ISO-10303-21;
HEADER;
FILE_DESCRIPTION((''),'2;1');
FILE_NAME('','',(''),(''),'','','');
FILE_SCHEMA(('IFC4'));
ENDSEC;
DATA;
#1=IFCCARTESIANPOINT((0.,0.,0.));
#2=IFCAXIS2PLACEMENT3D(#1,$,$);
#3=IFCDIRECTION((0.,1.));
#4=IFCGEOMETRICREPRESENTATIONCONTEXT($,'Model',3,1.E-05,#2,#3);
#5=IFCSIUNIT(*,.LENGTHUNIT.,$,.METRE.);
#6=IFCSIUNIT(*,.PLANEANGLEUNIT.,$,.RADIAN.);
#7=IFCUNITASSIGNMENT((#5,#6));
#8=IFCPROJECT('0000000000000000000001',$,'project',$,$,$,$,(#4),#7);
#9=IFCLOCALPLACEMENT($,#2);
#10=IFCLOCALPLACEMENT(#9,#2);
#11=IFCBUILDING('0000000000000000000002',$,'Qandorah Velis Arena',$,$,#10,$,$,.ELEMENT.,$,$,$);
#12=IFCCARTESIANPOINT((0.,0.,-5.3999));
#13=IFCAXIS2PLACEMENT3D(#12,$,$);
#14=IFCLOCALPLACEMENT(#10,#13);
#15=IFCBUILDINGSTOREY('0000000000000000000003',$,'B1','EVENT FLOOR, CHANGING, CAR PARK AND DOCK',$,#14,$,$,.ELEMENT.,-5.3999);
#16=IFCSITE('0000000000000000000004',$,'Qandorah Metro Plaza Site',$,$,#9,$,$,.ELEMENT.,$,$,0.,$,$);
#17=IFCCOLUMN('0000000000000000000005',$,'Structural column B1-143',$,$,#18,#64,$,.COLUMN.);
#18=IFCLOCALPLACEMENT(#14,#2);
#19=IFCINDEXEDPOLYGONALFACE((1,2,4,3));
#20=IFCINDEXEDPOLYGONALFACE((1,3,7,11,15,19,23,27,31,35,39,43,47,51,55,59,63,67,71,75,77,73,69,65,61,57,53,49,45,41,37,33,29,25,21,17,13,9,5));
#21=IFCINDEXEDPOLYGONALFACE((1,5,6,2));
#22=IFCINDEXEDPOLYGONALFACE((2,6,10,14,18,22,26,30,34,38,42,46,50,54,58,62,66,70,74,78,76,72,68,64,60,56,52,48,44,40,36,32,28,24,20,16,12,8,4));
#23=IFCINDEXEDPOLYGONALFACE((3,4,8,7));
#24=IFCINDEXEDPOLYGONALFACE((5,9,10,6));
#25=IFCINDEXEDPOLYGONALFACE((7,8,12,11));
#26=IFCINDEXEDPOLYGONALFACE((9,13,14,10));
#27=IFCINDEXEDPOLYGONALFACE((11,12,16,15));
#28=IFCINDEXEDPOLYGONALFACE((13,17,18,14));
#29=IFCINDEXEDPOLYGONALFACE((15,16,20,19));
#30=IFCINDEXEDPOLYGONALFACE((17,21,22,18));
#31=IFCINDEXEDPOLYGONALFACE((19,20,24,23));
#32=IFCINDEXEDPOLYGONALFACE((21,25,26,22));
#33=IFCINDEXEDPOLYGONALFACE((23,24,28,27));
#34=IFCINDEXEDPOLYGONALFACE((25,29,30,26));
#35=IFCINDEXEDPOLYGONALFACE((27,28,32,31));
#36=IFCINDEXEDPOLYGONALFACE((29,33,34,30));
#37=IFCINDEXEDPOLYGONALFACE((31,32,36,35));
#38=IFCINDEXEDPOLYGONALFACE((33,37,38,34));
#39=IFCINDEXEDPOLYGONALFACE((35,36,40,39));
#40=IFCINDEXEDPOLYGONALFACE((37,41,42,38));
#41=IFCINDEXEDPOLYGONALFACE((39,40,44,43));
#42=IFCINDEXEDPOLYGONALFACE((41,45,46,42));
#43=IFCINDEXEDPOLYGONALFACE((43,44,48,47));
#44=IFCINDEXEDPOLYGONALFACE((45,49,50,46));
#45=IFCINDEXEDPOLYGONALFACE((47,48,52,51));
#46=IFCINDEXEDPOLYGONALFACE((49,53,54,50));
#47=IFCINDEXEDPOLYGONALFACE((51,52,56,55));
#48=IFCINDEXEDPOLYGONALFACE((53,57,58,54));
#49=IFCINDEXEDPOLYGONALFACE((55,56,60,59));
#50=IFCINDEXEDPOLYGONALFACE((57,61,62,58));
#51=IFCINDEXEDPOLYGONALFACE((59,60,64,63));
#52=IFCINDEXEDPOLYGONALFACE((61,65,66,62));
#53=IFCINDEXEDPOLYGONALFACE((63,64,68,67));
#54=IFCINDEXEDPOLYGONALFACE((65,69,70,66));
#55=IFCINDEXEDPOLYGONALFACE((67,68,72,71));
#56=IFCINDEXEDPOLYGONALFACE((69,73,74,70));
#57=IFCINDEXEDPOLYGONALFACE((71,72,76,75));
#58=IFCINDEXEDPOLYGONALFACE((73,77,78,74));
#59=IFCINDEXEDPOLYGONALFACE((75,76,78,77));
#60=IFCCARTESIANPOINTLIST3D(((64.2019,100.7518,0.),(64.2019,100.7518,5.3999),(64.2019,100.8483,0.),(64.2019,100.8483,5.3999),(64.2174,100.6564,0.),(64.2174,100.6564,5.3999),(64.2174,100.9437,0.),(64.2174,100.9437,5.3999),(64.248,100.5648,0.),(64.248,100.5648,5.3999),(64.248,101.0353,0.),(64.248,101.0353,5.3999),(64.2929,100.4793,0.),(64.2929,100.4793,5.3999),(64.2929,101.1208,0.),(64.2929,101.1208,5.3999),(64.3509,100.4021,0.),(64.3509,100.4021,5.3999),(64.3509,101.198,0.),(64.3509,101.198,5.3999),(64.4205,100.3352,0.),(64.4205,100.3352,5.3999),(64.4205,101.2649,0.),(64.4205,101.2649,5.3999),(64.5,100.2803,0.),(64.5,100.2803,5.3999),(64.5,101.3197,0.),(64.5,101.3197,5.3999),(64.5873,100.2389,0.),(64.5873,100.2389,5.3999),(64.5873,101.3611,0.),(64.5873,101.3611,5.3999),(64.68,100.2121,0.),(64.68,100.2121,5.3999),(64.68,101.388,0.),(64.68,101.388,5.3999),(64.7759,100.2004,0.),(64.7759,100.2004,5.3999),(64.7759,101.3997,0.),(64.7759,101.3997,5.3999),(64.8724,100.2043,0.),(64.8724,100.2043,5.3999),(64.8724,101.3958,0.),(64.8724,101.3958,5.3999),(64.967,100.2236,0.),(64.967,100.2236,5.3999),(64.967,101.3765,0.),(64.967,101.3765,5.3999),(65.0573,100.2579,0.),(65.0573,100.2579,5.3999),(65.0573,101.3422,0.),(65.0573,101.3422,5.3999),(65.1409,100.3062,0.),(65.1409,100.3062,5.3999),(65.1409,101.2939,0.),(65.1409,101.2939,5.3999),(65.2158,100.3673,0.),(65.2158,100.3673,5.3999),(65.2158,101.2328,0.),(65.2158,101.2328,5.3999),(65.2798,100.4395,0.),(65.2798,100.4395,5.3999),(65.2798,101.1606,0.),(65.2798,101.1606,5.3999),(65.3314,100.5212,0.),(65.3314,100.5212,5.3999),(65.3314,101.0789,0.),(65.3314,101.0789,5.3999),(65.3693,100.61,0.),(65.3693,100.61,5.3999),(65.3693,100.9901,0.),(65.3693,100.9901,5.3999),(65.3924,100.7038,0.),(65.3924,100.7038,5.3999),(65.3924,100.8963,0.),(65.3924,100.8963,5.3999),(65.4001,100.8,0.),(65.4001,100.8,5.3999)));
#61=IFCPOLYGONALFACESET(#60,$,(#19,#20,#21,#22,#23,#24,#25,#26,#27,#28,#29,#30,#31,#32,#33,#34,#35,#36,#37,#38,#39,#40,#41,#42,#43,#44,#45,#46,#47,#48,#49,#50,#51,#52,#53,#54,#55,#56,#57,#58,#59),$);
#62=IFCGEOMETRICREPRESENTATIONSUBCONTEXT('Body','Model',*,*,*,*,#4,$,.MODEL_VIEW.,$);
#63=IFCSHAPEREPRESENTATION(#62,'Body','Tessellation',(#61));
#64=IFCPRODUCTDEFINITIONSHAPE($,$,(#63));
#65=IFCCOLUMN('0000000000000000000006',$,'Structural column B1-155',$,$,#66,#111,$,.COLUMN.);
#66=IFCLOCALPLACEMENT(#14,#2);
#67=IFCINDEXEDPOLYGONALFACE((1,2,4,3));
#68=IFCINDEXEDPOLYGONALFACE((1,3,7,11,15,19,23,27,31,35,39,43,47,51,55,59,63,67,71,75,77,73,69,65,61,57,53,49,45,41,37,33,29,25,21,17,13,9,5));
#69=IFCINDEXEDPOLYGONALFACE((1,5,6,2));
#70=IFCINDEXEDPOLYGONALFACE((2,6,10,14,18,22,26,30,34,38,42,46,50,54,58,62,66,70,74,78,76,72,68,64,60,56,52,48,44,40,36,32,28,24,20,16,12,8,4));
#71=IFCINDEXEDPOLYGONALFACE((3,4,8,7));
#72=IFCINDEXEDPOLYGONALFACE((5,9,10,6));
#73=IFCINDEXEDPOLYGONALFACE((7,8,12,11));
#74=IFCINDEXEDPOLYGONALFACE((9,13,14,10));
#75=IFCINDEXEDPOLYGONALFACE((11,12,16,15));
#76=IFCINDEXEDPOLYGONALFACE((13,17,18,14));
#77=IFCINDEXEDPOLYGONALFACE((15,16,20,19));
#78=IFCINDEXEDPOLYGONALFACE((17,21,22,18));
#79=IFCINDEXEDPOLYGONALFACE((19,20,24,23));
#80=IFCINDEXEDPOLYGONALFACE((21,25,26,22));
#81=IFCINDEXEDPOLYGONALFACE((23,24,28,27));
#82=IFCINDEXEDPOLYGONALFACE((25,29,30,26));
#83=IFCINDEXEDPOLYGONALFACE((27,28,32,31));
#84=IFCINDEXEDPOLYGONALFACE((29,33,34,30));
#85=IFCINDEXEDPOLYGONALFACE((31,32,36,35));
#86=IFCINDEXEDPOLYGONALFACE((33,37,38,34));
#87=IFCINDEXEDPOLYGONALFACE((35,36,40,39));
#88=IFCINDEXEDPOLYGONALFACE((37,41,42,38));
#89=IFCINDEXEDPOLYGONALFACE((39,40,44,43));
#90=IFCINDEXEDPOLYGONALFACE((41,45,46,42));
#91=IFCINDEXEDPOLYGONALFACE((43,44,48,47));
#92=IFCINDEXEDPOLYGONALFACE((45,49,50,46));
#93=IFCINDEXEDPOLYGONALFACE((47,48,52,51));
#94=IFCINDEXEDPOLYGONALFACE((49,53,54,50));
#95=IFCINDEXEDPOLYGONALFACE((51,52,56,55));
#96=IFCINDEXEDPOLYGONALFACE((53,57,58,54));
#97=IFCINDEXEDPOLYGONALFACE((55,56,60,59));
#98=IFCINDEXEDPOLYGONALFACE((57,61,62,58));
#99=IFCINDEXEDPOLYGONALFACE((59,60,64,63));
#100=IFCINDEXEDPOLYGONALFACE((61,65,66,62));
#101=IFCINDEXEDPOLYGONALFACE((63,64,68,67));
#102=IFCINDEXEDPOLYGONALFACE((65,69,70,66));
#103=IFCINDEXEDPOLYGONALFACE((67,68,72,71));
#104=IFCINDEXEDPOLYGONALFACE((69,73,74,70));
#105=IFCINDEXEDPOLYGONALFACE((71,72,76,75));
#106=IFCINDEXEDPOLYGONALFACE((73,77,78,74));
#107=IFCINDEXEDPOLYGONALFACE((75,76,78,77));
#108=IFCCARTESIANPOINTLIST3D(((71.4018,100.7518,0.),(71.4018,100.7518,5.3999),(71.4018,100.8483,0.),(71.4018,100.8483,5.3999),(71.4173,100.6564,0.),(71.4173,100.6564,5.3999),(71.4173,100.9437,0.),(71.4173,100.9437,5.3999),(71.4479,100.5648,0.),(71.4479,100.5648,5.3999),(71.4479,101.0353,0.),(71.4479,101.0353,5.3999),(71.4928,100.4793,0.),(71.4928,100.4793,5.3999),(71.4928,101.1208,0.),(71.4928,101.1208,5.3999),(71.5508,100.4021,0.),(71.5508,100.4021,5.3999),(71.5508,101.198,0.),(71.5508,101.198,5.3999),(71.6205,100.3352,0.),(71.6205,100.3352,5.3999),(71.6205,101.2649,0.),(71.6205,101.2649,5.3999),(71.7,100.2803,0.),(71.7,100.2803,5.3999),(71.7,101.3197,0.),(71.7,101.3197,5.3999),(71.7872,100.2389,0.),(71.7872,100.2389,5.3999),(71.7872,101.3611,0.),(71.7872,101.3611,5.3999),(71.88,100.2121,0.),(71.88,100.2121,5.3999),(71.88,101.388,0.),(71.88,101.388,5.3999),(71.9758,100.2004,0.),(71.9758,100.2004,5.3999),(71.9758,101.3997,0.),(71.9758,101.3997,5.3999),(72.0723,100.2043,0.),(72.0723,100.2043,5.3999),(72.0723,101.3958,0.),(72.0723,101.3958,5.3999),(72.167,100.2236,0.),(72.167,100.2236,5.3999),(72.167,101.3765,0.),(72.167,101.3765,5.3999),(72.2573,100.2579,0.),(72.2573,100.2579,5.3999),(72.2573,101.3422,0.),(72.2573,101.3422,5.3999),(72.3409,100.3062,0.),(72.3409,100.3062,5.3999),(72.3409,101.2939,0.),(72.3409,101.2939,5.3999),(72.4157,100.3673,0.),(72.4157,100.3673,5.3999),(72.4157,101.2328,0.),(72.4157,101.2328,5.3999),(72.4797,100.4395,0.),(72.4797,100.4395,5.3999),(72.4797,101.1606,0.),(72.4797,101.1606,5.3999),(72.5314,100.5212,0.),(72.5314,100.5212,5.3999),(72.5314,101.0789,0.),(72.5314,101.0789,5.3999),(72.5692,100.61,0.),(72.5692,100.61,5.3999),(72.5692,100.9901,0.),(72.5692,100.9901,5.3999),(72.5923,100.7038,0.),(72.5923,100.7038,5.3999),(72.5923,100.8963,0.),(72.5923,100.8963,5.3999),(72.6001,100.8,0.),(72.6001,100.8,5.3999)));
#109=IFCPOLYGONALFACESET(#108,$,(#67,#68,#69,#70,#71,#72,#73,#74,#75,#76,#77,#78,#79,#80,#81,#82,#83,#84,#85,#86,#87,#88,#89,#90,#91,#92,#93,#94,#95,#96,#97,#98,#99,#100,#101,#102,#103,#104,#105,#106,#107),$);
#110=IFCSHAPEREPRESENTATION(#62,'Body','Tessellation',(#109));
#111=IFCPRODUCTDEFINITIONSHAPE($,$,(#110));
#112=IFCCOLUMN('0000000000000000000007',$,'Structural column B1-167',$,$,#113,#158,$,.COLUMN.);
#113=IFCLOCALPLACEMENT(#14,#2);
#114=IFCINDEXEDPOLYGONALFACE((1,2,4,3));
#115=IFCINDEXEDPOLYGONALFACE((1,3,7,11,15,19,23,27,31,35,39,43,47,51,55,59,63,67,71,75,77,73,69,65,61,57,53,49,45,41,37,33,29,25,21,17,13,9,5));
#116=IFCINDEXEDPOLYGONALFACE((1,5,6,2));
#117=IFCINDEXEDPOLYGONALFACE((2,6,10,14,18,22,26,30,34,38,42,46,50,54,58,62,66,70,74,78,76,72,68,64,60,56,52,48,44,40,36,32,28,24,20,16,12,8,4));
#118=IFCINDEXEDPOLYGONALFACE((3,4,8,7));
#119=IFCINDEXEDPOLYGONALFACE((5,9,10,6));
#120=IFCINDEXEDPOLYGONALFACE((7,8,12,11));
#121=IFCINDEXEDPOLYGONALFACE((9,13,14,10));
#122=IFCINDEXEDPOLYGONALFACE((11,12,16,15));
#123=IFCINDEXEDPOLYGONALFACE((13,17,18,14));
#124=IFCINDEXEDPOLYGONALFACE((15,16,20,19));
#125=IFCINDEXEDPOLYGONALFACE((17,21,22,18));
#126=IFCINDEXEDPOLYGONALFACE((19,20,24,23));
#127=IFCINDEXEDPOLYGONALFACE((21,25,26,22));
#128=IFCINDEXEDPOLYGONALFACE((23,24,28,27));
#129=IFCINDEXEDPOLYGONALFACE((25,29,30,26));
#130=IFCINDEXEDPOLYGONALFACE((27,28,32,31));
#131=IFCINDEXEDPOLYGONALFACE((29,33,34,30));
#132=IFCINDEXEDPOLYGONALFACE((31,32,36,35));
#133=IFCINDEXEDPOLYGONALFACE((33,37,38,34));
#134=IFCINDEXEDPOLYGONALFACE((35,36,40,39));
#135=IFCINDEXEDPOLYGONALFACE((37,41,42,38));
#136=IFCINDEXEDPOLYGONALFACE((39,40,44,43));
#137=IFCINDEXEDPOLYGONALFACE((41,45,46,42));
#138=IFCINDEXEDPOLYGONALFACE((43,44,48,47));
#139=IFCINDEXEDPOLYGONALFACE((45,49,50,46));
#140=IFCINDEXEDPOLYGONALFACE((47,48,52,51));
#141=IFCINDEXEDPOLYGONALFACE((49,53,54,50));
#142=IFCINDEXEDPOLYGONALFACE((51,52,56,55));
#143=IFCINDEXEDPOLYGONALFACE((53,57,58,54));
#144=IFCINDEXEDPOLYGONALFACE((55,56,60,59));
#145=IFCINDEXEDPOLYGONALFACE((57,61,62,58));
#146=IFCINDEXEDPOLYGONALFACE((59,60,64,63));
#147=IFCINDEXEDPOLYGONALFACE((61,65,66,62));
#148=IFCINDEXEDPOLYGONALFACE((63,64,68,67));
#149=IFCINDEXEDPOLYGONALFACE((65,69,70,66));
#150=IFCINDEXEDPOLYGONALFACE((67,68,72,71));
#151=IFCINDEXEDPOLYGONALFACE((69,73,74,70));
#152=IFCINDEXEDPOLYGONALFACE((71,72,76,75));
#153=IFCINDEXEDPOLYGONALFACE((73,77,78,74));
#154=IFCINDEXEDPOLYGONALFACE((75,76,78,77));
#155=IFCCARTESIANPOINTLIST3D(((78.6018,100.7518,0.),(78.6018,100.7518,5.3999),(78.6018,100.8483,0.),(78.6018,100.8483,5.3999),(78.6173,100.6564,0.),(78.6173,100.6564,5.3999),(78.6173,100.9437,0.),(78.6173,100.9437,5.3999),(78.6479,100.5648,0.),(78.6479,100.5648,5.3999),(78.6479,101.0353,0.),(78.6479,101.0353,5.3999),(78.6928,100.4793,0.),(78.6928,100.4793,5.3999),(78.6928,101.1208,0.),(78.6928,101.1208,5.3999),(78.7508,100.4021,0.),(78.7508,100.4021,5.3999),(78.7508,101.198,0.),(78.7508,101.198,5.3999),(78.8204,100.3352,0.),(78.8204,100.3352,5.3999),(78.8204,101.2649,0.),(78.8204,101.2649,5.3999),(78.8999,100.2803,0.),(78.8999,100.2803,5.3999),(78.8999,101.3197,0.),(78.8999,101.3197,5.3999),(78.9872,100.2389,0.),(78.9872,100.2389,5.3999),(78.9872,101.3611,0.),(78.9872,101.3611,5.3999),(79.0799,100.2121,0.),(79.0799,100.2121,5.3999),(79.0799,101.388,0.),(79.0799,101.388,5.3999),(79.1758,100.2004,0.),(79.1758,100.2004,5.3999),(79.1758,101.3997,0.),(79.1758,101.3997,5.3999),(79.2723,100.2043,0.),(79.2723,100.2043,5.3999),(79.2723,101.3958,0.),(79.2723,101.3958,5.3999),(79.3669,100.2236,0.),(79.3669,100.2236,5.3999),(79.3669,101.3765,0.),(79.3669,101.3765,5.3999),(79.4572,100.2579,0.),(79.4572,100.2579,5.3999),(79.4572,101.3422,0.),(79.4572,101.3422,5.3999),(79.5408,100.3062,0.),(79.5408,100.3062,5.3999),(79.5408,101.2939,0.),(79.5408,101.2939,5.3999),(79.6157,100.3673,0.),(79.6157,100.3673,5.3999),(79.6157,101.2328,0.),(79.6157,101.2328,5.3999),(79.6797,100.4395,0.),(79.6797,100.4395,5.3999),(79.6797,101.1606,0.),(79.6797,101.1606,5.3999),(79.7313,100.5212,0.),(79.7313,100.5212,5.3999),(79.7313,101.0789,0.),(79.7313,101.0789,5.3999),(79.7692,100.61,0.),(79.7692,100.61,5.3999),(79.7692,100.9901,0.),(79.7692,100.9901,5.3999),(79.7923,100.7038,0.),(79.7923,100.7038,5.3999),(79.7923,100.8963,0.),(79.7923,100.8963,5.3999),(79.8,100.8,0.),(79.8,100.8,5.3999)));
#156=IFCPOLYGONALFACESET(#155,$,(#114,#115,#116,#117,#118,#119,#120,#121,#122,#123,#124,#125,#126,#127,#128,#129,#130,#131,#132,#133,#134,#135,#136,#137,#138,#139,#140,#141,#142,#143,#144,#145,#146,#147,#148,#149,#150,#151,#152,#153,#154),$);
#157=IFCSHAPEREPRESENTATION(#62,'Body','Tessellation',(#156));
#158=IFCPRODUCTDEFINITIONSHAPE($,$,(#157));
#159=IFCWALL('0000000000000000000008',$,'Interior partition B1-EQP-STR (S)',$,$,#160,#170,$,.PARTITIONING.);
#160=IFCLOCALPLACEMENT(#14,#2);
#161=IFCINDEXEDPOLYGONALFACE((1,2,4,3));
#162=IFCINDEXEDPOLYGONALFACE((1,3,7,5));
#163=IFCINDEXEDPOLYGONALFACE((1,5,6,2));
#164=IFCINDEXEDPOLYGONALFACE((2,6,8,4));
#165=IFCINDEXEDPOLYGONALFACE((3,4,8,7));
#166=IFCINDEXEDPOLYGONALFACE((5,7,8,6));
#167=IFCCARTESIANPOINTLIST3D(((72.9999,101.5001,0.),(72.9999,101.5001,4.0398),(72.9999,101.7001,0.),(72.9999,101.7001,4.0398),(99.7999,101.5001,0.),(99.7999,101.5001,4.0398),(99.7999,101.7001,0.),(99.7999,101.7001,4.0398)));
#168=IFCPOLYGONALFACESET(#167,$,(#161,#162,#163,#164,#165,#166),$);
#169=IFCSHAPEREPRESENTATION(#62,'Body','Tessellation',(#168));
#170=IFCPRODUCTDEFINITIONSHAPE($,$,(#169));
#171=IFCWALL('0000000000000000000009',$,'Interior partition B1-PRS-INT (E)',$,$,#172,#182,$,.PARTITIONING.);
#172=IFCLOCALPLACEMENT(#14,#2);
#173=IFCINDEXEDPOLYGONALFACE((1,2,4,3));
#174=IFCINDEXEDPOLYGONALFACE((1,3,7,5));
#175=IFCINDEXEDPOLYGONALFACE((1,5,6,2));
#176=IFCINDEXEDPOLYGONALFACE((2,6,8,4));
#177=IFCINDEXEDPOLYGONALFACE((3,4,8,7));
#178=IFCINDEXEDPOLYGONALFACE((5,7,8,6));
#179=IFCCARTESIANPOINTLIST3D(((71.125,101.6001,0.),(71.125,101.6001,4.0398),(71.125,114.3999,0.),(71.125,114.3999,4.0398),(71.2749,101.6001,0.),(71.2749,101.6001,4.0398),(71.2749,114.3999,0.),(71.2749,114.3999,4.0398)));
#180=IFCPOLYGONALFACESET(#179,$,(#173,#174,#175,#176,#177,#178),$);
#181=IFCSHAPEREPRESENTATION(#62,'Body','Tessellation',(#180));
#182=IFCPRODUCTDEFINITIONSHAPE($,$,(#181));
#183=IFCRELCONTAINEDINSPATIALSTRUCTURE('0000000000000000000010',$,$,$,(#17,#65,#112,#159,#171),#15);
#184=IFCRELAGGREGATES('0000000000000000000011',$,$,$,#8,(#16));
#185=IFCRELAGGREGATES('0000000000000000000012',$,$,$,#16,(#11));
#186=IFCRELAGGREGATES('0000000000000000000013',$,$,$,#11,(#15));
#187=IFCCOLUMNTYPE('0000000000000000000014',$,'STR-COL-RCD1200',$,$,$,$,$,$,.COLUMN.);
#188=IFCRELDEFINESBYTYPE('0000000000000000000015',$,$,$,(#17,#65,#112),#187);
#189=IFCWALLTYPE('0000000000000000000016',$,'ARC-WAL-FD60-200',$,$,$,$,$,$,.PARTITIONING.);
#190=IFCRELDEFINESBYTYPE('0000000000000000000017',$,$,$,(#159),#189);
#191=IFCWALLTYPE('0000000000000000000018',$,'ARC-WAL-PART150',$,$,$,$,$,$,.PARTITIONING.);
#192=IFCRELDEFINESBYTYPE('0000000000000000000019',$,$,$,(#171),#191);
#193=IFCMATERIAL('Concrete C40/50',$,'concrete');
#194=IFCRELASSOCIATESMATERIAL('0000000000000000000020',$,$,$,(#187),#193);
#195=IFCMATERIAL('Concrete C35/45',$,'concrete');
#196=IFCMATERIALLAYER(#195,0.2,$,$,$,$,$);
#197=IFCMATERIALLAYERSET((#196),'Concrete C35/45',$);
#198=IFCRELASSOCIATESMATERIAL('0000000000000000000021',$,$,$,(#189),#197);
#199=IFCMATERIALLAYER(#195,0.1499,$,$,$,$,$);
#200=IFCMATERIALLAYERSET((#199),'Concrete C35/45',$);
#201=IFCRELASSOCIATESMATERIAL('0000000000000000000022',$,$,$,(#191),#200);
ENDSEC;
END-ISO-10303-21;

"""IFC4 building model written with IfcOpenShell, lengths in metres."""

from ifc_helpers import new_model, si_unit, direction, frame, frame_2d, origin, origin_2d, place, context, subcontext, project, spatial, rectangle, circle, extrude, material, layer, layer_set, material_profile, profile_set, type_object, element, save


model = new_model("IFC4")

# Units and contexts
model_context = context("Model", 3, precision=1e-05, world=origin(), true_north=direction((0.0, 1.0)))
body_context = subcontext(model_context, "Body", "Model", "MODEL_VIEW")
ifc_project = project(units=[si_unit("LENGTHUNIT", "METRE"), si_unit("PLANEANGLEUNIT", "RADIAN")], contexts=[model_context])

# Site, building, storey
site_placement = place(None, origin())
site = spatial("IfcSite", under=ifc_project, at=site_placement, Name="Qandorah Metro Plaza Site", CompositionType="ELEMENT", RefElevation=0.0)
building_placement = place(site_placement, origin())
building = spatial("IfcBuilding", under=site, at=building_placement, Name="Qandorah Velis Arena", CompositionType="ELEMENT")
storey_placement = place(building_placement, frame((0.0, 0.0, -5.3999)))
storey = spatial("IfcBuildingStorey", under=building, at=storey_placement, Name="B1", Description="EVENT FLOOR, CHANGING, CAR PARK AND DOCK", CompositionType="ELEMENT", Elevation=-5.3999)

# Shared definitions
ifc_material_1 = material(Name="Concrete C40/50", Category="concrete")

# Columns
ifc_material_profile_1 = material_profile(ifc_material_1, circle(Radius=0.6001, at=origin_2d()), Name="RC D1200")
ifc_profile_set_1 = profile_set([ifc_material_profile_1], Name="Concrete C40/50")
column_type_1 = type_object("IfcColumnType", Name="STR-COL-RCD1200", PredefinedType="COLUMN", material=ifc_profile_set_1)
for number, where, z_axis, x_axis, name in (
    (1, (64.8, 100.8, 0.0), (0.0, 0.0, 1.0), (1.0, 0.0, 0.0), "Structural column B1-143"),
    (2, (72.0, 100.8, 0.0), (0.0, 0.0, 1.0), (1.0, 0.0, 0.0), "Structural column B1-155"),
    (3, (79.2, 100.8, 0.0), (0.0, 0.0, 1.0), (1.0, 0.0, 0.0), "Structural column B1-167"),
):
    element("IfcColumn", number, at=place(storey_placement, frame(where, z_axis=z_axis, x_axis=x_axis)), inside=storey, type_object=column_type_1, Name=name, PredefinedType="COLUMN", context=body_context, shape_type="SweptSolid", body=[
        extrude(circle(Radius=0.6001, at=origin_2d()), origin(), (0.0, 0.0, 1.0), 5.3999),
    ])

# Walls
ifc_material_2 = material(Name="Concrete C35/45", Category="concrete")
ifc_layer_1 = layer(ifc_material_2, 0.2)
ifc_layer_set_1 = layer_set([ifc_layer_1], Name="Concrete C35/45")
wall_type_1 = type_object("IfcWallType", Name="ARC-WAL-FD60-200", PredefinedType="PARTITIONING", material=ifc_layer_set_1)
wall_1_placement = place(storey_placement, frame((73.0, 101.6001, 0.0), z_axis=(0.0, 0.0, 1.0), x_axis=(1.0, 0.0, 0.0)))
element("IfcWall", 4, at=wall_1_placement, inside=storey, type_object=wall_type_1, Name="Interior partition B1-EQP-STR (S)", PredefinedType="PARTITIONING", context=body_context, shape_type="SweptSolid", body=[
    extrude(rectangle(XDim=26.8, YDim=0.2, at=frame_2d((13.3999, 0.0))), origin(), (0.0, 0.0, 1.0), 4.0398),
])
ifc_layer_2 = layer(ifc_material_2, 0.1499)
ifc_layer_set_2 = layer_set([ifc_layer_2], Name="Concrete C35/45")
wall_type_2 = type_object("IfcWallType", Name="ARC-WAL-PART150", PredefinedType="PARTITIONING", material=ifc_layer_set_2)
wall_2_placement = place(storey_placement, frame((71.2, 101.6001, 0.0), z_axis=(0.0, 0.0, 1.0), x_axis=(0.0, 1.0, 0.0)))
element("IfcWall", 5, at=wall_2_placement, inside=storey, type_object=wall_type_2, Name="Interior partition B1-PRS-INT (E)", PredefinedType="PARTITIONING", context=body_context, shape_type="SweptSolid", body=[
    extrude(rectangle(XDim=12.7998, YDim=0.1499, at=frame_2d((6.3999, 0.0))), origin(), (0.0, 0.0, 1.0), 4.0398),
])

save(model, "model.ifc")
